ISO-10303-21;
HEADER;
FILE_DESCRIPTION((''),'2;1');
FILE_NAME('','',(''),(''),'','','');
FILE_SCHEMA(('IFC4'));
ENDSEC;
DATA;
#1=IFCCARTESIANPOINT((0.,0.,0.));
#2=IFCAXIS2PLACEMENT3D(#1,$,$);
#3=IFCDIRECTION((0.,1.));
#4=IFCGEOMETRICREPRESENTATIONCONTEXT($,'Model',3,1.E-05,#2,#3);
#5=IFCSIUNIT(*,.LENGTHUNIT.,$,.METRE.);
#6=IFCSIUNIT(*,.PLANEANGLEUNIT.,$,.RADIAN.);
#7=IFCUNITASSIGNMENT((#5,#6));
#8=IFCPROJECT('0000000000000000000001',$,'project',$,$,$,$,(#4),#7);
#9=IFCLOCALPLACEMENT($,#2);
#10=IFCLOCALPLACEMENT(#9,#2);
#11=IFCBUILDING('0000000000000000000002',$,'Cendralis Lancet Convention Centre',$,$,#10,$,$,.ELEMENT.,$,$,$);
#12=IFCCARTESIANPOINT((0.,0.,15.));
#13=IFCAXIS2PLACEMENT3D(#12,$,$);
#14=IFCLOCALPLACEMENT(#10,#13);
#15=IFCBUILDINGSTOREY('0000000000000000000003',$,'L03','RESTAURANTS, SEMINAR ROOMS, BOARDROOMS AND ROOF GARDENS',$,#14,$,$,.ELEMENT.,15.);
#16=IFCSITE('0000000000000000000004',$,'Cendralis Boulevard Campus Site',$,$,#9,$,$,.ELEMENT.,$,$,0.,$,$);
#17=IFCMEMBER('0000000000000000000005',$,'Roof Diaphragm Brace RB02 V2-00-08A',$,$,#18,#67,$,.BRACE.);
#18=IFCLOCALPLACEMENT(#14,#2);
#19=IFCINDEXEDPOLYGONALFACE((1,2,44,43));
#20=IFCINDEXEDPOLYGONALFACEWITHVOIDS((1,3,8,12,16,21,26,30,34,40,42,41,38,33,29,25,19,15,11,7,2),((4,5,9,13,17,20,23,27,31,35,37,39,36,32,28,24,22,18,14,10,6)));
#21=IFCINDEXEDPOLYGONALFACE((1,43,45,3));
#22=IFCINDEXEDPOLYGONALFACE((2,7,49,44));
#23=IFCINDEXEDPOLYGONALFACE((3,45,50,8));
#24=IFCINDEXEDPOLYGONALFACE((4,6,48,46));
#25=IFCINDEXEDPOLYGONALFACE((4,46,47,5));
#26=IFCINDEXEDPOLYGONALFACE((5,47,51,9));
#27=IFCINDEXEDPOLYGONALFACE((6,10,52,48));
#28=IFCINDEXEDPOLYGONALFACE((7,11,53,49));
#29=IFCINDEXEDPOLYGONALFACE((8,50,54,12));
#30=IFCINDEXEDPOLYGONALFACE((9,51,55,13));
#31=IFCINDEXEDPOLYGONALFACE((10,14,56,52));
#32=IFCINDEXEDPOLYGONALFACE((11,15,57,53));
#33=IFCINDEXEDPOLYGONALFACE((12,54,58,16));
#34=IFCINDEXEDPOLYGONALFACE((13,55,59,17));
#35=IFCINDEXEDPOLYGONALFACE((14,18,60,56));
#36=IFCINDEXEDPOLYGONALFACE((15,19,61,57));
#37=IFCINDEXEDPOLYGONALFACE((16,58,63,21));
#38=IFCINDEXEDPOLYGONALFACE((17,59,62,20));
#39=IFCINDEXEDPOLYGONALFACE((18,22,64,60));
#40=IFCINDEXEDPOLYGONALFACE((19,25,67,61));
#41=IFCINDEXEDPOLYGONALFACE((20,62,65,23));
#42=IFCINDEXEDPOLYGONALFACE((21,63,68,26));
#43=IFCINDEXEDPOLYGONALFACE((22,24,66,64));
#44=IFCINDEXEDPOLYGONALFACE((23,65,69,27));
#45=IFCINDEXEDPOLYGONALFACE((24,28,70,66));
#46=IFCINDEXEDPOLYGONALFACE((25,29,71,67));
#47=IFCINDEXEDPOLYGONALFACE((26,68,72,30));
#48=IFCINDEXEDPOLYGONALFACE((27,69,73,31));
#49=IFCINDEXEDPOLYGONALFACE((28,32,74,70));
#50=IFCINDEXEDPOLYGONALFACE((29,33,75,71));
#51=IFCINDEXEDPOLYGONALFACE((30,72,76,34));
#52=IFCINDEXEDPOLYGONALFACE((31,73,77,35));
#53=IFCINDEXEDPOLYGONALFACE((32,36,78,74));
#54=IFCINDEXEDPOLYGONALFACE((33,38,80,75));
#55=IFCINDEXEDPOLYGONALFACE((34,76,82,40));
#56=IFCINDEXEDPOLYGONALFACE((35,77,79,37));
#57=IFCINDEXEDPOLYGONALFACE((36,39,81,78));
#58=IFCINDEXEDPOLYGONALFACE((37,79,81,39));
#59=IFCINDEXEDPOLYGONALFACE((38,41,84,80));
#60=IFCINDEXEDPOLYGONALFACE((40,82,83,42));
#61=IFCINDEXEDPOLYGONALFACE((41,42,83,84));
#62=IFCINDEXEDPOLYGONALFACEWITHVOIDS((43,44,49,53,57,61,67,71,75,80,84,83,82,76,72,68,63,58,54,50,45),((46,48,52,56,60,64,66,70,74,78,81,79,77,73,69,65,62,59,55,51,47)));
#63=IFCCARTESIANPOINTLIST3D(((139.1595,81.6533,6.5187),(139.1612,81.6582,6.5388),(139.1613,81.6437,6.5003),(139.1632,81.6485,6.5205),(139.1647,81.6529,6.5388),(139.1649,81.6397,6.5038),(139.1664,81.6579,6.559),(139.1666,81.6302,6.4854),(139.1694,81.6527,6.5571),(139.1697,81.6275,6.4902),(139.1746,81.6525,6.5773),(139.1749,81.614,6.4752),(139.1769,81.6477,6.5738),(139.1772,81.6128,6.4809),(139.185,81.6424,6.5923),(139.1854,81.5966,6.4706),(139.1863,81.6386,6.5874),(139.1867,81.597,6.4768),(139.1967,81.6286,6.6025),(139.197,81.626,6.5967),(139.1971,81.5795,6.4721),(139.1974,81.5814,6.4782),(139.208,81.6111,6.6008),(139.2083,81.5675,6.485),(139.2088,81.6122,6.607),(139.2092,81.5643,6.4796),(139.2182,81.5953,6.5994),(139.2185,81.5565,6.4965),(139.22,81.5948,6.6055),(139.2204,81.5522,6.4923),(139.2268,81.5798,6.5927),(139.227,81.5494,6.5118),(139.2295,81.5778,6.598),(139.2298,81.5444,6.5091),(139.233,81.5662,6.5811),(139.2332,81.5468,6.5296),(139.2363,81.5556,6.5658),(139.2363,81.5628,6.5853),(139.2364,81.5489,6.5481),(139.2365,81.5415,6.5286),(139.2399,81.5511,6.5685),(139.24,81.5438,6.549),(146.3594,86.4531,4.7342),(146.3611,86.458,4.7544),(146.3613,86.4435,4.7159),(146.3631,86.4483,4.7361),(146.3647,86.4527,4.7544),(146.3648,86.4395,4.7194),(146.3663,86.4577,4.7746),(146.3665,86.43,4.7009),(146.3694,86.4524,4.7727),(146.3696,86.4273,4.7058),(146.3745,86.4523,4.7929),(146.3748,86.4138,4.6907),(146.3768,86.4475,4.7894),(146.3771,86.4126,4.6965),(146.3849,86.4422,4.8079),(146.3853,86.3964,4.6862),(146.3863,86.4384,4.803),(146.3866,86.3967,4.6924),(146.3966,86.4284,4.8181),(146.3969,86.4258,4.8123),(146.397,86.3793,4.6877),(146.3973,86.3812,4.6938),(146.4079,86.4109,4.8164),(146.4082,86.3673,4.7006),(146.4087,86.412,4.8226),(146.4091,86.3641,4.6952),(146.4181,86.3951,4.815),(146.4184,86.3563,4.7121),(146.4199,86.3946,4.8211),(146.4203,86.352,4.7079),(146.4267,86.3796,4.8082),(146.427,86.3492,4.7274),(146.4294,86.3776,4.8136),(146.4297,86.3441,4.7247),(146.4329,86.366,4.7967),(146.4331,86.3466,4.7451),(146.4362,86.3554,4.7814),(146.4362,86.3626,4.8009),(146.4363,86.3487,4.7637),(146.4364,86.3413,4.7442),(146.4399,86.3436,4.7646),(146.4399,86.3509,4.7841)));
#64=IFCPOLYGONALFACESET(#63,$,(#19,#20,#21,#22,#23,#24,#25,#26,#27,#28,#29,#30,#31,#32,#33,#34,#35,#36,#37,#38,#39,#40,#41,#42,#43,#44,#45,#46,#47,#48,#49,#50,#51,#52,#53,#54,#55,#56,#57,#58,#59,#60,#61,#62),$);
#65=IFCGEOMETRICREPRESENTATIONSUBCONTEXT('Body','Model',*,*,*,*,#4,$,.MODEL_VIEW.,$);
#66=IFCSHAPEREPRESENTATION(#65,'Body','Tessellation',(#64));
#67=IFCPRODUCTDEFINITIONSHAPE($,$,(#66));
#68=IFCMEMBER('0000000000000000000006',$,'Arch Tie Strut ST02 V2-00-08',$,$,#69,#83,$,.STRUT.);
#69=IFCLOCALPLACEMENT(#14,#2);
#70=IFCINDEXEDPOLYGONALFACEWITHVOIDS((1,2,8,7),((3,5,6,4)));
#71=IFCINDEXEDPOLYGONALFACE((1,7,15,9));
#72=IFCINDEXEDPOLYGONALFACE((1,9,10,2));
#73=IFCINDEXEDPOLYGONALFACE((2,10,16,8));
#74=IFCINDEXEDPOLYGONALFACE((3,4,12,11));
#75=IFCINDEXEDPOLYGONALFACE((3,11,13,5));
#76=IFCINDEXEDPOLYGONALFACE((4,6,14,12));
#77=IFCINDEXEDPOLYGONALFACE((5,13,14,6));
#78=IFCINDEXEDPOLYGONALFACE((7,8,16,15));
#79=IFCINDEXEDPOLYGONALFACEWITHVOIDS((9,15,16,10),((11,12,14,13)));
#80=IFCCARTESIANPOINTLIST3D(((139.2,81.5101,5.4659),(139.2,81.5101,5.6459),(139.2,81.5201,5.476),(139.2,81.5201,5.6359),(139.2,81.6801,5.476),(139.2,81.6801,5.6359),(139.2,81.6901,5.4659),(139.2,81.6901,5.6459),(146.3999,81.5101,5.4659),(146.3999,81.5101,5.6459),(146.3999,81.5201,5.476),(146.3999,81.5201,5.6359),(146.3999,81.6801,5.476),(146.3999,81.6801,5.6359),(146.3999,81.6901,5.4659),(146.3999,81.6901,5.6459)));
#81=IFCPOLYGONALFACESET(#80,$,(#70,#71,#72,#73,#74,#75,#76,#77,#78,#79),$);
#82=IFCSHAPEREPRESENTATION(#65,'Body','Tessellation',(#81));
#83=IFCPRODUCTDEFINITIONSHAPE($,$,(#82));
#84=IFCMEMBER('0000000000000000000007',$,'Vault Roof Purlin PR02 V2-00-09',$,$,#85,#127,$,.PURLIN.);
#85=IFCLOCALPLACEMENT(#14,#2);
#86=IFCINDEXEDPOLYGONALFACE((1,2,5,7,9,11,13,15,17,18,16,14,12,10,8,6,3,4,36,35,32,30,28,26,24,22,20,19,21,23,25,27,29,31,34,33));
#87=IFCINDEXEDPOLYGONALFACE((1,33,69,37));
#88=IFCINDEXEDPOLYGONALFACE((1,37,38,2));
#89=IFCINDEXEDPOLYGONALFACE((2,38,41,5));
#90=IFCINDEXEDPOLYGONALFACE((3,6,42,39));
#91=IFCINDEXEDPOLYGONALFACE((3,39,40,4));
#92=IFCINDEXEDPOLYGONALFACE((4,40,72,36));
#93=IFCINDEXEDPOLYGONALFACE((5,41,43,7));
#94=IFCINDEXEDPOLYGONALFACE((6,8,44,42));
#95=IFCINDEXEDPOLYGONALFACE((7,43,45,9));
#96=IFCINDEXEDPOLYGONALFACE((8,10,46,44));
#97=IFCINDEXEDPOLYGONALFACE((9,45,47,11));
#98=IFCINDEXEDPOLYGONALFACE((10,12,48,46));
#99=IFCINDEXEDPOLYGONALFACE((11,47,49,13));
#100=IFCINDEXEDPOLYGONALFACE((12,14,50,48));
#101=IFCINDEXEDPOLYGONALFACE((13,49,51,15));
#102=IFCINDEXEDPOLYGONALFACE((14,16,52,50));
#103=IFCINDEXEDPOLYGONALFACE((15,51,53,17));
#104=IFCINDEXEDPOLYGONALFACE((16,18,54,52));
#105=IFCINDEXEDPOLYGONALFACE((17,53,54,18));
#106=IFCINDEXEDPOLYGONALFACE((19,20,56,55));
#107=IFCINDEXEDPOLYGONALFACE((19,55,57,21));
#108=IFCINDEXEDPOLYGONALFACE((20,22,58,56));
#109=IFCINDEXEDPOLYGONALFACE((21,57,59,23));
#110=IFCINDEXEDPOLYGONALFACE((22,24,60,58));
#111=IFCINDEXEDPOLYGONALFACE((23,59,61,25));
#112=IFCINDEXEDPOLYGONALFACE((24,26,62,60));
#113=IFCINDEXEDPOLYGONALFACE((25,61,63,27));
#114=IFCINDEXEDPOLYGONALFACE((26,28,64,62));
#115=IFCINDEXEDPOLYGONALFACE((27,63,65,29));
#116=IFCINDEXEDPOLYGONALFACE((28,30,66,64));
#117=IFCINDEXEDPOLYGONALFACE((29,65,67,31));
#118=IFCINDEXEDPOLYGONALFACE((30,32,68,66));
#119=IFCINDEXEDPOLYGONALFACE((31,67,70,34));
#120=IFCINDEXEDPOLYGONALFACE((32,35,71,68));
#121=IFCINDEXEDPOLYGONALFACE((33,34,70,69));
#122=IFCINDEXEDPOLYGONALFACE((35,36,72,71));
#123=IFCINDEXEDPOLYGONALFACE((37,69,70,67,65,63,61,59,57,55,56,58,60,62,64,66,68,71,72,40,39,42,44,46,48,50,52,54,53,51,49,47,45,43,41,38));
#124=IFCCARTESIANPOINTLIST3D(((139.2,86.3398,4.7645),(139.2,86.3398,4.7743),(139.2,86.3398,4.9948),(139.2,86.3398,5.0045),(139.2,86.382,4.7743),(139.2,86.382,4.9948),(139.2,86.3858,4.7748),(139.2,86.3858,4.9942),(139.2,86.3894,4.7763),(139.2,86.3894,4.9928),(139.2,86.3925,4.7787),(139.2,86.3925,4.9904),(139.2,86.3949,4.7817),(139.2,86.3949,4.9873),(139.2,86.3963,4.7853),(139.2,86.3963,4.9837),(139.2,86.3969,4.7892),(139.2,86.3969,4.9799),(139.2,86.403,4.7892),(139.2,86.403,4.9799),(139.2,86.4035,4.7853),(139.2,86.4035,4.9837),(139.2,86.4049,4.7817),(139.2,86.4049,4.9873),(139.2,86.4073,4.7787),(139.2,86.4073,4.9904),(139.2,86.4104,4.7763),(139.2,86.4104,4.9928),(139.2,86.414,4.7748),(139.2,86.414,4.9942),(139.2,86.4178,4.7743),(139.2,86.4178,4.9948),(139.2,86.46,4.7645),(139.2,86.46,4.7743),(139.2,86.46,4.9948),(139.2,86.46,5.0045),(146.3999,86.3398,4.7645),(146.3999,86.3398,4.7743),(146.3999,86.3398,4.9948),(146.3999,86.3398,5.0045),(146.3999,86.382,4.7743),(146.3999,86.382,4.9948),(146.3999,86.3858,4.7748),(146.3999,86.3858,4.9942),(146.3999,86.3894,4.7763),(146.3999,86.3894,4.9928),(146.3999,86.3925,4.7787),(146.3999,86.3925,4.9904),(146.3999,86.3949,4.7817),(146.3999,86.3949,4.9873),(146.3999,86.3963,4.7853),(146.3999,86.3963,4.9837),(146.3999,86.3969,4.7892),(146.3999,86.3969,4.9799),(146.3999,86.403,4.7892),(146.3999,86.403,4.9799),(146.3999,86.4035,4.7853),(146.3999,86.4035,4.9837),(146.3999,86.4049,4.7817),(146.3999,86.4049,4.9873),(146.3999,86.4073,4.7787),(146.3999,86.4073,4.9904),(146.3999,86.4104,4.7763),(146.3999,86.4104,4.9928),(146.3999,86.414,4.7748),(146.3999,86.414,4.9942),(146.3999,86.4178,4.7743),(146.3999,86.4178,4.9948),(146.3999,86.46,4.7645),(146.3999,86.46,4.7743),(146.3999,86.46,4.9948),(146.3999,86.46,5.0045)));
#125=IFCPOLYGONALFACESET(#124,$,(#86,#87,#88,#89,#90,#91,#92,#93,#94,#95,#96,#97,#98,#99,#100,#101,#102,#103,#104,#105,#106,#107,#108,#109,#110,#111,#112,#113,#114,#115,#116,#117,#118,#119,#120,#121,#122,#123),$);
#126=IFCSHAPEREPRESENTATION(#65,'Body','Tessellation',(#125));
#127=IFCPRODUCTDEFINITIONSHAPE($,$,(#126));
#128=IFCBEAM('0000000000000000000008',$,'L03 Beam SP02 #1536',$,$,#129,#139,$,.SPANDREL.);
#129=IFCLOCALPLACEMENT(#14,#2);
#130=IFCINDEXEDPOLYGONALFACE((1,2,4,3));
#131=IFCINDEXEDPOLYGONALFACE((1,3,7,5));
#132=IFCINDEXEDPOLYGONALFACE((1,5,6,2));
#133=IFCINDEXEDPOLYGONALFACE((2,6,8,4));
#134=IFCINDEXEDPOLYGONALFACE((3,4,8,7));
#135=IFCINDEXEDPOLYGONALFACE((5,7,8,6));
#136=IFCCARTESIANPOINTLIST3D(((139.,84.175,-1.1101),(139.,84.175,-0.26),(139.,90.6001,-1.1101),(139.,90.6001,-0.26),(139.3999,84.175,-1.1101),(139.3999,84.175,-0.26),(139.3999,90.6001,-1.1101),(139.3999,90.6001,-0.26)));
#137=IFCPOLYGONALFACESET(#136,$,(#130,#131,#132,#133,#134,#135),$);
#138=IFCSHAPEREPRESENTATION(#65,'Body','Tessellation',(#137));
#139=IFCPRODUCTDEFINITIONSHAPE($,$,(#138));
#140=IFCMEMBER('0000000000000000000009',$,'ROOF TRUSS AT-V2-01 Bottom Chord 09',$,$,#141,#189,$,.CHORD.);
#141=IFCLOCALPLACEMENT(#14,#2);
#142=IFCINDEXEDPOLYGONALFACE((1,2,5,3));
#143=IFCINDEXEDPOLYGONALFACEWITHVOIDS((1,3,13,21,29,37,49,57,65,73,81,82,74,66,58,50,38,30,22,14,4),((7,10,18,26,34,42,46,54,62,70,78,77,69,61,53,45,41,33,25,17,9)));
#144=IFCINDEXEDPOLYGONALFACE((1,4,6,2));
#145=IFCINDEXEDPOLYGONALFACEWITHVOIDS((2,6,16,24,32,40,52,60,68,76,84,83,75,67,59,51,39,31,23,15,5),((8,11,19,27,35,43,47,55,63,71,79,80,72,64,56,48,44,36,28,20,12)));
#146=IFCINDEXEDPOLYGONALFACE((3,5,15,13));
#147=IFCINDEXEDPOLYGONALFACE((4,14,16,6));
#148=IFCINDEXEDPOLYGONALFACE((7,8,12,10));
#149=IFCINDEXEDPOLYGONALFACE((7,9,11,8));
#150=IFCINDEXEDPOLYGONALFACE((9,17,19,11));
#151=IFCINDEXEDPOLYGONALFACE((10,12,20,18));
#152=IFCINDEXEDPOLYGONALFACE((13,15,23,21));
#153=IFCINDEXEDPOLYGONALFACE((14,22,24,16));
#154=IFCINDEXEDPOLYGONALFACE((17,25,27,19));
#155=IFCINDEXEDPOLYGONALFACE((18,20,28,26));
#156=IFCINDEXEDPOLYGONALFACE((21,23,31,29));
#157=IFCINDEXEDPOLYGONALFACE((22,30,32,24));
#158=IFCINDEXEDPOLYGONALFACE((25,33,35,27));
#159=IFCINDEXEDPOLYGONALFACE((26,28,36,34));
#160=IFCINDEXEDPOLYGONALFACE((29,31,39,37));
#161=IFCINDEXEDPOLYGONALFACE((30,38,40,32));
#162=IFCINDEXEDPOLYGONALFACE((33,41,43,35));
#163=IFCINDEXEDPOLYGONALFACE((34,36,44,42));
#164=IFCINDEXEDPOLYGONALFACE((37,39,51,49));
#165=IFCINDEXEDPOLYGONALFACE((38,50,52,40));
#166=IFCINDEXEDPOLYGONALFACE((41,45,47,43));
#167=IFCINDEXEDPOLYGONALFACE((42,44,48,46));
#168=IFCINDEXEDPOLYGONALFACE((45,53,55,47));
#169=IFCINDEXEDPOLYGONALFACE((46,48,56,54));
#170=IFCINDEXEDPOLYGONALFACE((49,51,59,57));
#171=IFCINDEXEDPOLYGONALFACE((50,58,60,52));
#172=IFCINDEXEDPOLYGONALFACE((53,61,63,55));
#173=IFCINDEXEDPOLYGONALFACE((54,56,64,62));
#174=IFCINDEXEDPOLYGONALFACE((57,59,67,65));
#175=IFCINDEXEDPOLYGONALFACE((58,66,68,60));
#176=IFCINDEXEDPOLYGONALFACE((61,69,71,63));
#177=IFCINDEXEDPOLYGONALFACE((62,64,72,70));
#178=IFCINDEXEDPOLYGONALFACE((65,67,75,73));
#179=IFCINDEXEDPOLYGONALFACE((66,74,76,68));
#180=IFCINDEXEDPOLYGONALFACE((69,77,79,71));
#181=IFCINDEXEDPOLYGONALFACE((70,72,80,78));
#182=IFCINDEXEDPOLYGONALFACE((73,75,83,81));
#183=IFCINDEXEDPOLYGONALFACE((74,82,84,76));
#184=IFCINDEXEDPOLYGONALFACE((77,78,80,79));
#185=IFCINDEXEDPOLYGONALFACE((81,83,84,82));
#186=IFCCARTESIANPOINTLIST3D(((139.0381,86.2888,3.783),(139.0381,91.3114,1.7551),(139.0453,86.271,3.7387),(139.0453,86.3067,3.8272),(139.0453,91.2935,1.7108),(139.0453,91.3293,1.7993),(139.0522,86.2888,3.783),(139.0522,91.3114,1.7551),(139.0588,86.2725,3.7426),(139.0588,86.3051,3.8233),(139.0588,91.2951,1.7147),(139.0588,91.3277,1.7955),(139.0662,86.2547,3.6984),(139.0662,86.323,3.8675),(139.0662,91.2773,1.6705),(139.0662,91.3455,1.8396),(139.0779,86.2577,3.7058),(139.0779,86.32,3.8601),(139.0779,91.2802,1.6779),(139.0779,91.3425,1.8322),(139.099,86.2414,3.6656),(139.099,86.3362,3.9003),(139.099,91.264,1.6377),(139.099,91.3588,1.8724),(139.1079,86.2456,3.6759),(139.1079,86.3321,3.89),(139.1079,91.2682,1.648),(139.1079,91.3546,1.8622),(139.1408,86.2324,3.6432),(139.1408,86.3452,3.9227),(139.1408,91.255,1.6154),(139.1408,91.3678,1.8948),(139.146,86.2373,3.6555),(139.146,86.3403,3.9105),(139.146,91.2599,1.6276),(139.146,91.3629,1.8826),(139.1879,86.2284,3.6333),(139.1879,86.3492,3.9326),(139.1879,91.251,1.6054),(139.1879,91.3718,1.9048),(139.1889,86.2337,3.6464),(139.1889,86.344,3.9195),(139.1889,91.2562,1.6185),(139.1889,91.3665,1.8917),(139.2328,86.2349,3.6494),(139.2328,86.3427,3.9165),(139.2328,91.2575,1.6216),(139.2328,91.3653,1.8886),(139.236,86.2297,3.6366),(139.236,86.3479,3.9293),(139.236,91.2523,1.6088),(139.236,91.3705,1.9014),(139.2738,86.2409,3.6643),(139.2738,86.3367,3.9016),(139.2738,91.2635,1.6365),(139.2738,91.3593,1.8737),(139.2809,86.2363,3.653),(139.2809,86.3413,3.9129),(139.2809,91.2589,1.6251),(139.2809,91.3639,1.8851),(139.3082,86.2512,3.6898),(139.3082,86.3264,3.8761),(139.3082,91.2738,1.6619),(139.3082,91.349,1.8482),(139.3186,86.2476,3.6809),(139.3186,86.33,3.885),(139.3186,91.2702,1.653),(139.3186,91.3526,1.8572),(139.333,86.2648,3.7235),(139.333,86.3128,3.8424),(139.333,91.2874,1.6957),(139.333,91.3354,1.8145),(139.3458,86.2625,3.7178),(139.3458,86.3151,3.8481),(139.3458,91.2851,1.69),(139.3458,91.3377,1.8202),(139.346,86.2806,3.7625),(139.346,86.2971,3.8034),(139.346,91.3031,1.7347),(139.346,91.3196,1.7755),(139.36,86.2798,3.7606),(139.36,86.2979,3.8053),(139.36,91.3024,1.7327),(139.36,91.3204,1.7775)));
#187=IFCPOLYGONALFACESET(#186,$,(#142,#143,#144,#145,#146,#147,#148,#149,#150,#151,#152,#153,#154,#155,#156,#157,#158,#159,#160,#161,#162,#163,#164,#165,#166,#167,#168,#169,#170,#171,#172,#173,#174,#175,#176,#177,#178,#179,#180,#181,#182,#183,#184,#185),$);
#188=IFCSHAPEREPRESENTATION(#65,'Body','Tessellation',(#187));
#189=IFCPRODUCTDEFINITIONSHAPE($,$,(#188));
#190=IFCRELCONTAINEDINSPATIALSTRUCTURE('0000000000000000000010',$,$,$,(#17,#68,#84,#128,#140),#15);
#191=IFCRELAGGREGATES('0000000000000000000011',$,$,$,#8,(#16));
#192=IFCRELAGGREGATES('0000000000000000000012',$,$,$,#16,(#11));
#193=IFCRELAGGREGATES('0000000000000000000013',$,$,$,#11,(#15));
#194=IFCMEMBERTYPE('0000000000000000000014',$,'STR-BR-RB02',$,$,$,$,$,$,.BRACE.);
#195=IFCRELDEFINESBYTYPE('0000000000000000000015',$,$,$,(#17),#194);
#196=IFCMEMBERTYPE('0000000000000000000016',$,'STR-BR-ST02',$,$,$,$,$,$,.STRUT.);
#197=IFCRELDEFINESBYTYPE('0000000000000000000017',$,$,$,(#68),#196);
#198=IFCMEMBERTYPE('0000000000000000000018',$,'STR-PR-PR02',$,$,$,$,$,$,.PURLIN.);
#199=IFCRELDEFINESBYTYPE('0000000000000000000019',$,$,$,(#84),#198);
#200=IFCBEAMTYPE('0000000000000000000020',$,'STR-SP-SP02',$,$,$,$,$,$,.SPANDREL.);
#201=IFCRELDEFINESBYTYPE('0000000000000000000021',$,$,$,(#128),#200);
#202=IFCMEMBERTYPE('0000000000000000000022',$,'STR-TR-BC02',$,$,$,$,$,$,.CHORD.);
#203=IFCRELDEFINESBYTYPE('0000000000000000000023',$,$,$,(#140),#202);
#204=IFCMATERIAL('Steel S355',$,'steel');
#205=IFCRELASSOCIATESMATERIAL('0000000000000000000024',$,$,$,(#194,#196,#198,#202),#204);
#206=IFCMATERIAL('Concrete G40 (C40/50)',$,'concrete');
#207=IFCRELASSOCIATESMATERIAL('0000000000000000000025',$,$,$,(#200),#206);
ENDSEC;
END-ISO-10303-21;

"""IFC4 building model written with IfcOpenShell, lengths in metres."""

from ifc_helpers import new_model, si_unit, direction, frame, origin, origin_2d, place, context, subcontext, project, spatial, rectangle, hollow_rectangle, hollow_circle, i_section, extrude, material, material_profile, profile_set, type_object, element, save


model = new_model("IFC4")

# Units and contexts
model_context = context("Model", 3, precision=1e-05, world=origin(), true_north=direction((0.0, 1.0)))
body_context = subcontext(model_context, "Body", "Model", "MODEL_VIEW")
ifc_project = project(units=[si_unit("LENGTHUNIT", "METRE"), si_unit("PLANEANGLEUNIT", "RADIAN")], contexts=[model_context])

# Site, building, storey
site_placement = place(None, origin())
site = spatial("IfcSite", under=ifc_project, at=site_placement, Name="Cendralis Boulevard Campus Site", CompositionType="ELEMENT", RefElevation=0.0)
building_placement = place(site_placement, origin())
building = spatial("IfcBuilding", under=site, at=building_placement, Name="Cendralis Lancet Convention Centre", CompositionType="ELEMENT")
storey_placement = place(building_placement, frame((0.0, 0.0, 15.0)))
storey = spatial("IfcBuildingStorey", under=building, at=storey_placement, Name="L03", Description="RESTAURANTS, SEMINAR ROOMS, BOARDROOMS AND ROOF GARDENS", CompositionType="ELEMENT", Elevation=15.0)

# Shared definitions
ifc_material_1 = material(Name="Steel S355", Category="steel")

# Members
ifc_material_profile_1 = material_profile(ifc_material_1, hollow_circle(Radius=0.0698, WallThickness=0.0063, at=origin_2d()), Name="CHS 139.7x6.3")
ifc_profile_set_1 = profile_set([ifc_material_profile_1], Name="Steel S355")
member_type_1 = type_object("IfcMemberType", Name="STR-BR-RB02", PredefinedType="BRACE", material=ifc_profile_set_1)
member_1_placement = place(storey_placement, frame((139.2, 81.6001, 6.5388), z_axis=(0.814912, 0.543256, -0.201966), x_axis=(-0.554687, 0.832059, 0.0)))
element("IfcMember", 1, at=member_1_placement, inside=storey, type_object=member_type_1, Name="Roof Diaphragm Brace RB02 V2-00-08A", PredefinedType="BRACE", context=body_context, shape_type="SweptSolid", body=[
    extrude(hollow_circle(Radius=0.0698, WallThickness=0.0063, at=origin_2d()), origin(), (0.0, 0.0, 1.0), 8.8352),
])
ifc_material_profile_2 = material_profile(ifc_material_1, hollow_rectangle(XDim=0.1799, YDim=0.1799, WallThickness=0.01, at=origin_2d()), Name="SHS 180x180x10.0")
ifc_profile_set_2 = profile_set([ifc_material_profile_2], Name="Steel S355")
member_type_2 = type_object("IfcMemberType", Name="STR-BR-ST02", PredefinedType="STRUT", material=ifc_profile_set_2)
member_2_placement = place(storey_placement, frame((139.2, 81.6001, 5.5559), z_axis=(1.0, 0.0, 0.0), x_axis=(0.0, 1.0, 0.0)))
element("IfcMember", 2, at=member_2_placement, inside=storey, type_object=member_type_2, Name="Arch Tie Strut ST02 V2-00-08", PredefinedType="STRUT", context=body_context, shape_type="SweptSolid", body=[
    extrude(hollow_rectangle(XDim=0.1799, YDim=0.1799, WallThickness=0.01, at=origin_2d()), origin(), (0.0, 0.0, 1.0), 7.2),
])
ifc_material_profile_3 = material_profile(ifc_material_1, i_section(OverallWidth=0.1201, OverallDepth=0.24, WebThickness=0.0061, FlangeThickness=0.0098, FilletRadius=0.0149, at=origin_2d()), Name="IPE 240")
ifc_profile_set_3 = profile_set([ifc_material_profile_3], Name="Steel S355")
member_type_3 = type_object("IfcMemberType", Name="STR-PR-PR02", PredefinedType="PURLIN", material=ifc_profile_set_3)
member_3_placement = place(storey_placement, frame((139.2, 86.3999, 4.8845), z_axis=(1.0, 0.0, 0.0), x_axis=(0.0, 1.0, 0.0)))
element("IfcMember", 3, at=member_3_placement, inside=storey, type_object=member_type_3, Name="Vault Roof Purlin PR02 V2-00-09", PredefinedType="PURLIN", context=body_context, shape_type="SweptSolid", body=[
    extrude(i_section(OverallWidth=0.1201, OverallDepth=0.24, WebThickness=0.0061, FlangeThickness=0.0098, FilletRadius=0.0149, at=origin_2d()), origin(), (0.0, 0.0, 1.0), 7.2),
])

# Beam
ifc_material_2 = material(Name="Concrete G40 (C40/50)", Category="concrete")
ifc_material_profile_4 = material_profile(ifc_material_2, rectangle(XDim=0.3999, YDim=0.8501, at=origin_2d()), Name="RCB 400x850")
ifc_profile_set_4 = profile_set([ifc_material_profile_4], Name="Concrete G40 (C40/50)")
beam_type = type_object("IfcBeamType", Name="STR-SP-SP02", PredefinedType="SPANDREL", material=ifc_profile_set_4)
beam_placement = place(storey_placement, frame((139.2, 84.175, -0.6851), z_axis=(0.0, 1.0, 0.0), x_axis=(-1.0, 0.0, 0.0)))
element("IfcBeam", 4, at=beam_placement, inside=storey, type_object=beam_type, Name="L03 Beam SP02 #1536", PredefinedType="SPANDREL", context=body_context, shape_type="SweptSolid", body=[
    extrude(rectangle(XDim=0.3999, YDim=0.8501, at=origin_2d()), origin(), (0.0, 0.0, 1.0), 6.425),
])

# Member
ifc_material_profile_5 = material_profile(ifc_material_1, hollow_circle(Radius=0.1619, WallThickness=0.0142, at=origin_2d()), Name="CHS 323.9x14.2")
ifc_profile_set_5 = profile_set([ifc_material_profile_5], Name="Steel S355")
member_type_4 = type_object("IfcMemberType", Name="STR-TR-BC02", PredefinedType="CHORD", material=ifc_profile_set_5)
member_4_placement = place(storey_placement, frame((139.2, 86.2888, 3.783), z_axis=(0.0, 0.927272, -0.374389), x_axis=(-1.0, 0.0, 0.0)))
element("IfcMember", 5, at=member_4_placement, inside=storey, type_object=member_type_4, Name="ROOF TRUSS AT-V2-01 Bottom Chord 09", PredefinedType="CHORD", context=body_context, shape_type="SweptSolid", body=[
    extrude(hollow_circle(Radius=0.1619, WallThickness=0.0142, at=origin_2d()), origin(), (0.0, 0.0, 1.0), 5.4165),
])

save(model, "model.ifc")
